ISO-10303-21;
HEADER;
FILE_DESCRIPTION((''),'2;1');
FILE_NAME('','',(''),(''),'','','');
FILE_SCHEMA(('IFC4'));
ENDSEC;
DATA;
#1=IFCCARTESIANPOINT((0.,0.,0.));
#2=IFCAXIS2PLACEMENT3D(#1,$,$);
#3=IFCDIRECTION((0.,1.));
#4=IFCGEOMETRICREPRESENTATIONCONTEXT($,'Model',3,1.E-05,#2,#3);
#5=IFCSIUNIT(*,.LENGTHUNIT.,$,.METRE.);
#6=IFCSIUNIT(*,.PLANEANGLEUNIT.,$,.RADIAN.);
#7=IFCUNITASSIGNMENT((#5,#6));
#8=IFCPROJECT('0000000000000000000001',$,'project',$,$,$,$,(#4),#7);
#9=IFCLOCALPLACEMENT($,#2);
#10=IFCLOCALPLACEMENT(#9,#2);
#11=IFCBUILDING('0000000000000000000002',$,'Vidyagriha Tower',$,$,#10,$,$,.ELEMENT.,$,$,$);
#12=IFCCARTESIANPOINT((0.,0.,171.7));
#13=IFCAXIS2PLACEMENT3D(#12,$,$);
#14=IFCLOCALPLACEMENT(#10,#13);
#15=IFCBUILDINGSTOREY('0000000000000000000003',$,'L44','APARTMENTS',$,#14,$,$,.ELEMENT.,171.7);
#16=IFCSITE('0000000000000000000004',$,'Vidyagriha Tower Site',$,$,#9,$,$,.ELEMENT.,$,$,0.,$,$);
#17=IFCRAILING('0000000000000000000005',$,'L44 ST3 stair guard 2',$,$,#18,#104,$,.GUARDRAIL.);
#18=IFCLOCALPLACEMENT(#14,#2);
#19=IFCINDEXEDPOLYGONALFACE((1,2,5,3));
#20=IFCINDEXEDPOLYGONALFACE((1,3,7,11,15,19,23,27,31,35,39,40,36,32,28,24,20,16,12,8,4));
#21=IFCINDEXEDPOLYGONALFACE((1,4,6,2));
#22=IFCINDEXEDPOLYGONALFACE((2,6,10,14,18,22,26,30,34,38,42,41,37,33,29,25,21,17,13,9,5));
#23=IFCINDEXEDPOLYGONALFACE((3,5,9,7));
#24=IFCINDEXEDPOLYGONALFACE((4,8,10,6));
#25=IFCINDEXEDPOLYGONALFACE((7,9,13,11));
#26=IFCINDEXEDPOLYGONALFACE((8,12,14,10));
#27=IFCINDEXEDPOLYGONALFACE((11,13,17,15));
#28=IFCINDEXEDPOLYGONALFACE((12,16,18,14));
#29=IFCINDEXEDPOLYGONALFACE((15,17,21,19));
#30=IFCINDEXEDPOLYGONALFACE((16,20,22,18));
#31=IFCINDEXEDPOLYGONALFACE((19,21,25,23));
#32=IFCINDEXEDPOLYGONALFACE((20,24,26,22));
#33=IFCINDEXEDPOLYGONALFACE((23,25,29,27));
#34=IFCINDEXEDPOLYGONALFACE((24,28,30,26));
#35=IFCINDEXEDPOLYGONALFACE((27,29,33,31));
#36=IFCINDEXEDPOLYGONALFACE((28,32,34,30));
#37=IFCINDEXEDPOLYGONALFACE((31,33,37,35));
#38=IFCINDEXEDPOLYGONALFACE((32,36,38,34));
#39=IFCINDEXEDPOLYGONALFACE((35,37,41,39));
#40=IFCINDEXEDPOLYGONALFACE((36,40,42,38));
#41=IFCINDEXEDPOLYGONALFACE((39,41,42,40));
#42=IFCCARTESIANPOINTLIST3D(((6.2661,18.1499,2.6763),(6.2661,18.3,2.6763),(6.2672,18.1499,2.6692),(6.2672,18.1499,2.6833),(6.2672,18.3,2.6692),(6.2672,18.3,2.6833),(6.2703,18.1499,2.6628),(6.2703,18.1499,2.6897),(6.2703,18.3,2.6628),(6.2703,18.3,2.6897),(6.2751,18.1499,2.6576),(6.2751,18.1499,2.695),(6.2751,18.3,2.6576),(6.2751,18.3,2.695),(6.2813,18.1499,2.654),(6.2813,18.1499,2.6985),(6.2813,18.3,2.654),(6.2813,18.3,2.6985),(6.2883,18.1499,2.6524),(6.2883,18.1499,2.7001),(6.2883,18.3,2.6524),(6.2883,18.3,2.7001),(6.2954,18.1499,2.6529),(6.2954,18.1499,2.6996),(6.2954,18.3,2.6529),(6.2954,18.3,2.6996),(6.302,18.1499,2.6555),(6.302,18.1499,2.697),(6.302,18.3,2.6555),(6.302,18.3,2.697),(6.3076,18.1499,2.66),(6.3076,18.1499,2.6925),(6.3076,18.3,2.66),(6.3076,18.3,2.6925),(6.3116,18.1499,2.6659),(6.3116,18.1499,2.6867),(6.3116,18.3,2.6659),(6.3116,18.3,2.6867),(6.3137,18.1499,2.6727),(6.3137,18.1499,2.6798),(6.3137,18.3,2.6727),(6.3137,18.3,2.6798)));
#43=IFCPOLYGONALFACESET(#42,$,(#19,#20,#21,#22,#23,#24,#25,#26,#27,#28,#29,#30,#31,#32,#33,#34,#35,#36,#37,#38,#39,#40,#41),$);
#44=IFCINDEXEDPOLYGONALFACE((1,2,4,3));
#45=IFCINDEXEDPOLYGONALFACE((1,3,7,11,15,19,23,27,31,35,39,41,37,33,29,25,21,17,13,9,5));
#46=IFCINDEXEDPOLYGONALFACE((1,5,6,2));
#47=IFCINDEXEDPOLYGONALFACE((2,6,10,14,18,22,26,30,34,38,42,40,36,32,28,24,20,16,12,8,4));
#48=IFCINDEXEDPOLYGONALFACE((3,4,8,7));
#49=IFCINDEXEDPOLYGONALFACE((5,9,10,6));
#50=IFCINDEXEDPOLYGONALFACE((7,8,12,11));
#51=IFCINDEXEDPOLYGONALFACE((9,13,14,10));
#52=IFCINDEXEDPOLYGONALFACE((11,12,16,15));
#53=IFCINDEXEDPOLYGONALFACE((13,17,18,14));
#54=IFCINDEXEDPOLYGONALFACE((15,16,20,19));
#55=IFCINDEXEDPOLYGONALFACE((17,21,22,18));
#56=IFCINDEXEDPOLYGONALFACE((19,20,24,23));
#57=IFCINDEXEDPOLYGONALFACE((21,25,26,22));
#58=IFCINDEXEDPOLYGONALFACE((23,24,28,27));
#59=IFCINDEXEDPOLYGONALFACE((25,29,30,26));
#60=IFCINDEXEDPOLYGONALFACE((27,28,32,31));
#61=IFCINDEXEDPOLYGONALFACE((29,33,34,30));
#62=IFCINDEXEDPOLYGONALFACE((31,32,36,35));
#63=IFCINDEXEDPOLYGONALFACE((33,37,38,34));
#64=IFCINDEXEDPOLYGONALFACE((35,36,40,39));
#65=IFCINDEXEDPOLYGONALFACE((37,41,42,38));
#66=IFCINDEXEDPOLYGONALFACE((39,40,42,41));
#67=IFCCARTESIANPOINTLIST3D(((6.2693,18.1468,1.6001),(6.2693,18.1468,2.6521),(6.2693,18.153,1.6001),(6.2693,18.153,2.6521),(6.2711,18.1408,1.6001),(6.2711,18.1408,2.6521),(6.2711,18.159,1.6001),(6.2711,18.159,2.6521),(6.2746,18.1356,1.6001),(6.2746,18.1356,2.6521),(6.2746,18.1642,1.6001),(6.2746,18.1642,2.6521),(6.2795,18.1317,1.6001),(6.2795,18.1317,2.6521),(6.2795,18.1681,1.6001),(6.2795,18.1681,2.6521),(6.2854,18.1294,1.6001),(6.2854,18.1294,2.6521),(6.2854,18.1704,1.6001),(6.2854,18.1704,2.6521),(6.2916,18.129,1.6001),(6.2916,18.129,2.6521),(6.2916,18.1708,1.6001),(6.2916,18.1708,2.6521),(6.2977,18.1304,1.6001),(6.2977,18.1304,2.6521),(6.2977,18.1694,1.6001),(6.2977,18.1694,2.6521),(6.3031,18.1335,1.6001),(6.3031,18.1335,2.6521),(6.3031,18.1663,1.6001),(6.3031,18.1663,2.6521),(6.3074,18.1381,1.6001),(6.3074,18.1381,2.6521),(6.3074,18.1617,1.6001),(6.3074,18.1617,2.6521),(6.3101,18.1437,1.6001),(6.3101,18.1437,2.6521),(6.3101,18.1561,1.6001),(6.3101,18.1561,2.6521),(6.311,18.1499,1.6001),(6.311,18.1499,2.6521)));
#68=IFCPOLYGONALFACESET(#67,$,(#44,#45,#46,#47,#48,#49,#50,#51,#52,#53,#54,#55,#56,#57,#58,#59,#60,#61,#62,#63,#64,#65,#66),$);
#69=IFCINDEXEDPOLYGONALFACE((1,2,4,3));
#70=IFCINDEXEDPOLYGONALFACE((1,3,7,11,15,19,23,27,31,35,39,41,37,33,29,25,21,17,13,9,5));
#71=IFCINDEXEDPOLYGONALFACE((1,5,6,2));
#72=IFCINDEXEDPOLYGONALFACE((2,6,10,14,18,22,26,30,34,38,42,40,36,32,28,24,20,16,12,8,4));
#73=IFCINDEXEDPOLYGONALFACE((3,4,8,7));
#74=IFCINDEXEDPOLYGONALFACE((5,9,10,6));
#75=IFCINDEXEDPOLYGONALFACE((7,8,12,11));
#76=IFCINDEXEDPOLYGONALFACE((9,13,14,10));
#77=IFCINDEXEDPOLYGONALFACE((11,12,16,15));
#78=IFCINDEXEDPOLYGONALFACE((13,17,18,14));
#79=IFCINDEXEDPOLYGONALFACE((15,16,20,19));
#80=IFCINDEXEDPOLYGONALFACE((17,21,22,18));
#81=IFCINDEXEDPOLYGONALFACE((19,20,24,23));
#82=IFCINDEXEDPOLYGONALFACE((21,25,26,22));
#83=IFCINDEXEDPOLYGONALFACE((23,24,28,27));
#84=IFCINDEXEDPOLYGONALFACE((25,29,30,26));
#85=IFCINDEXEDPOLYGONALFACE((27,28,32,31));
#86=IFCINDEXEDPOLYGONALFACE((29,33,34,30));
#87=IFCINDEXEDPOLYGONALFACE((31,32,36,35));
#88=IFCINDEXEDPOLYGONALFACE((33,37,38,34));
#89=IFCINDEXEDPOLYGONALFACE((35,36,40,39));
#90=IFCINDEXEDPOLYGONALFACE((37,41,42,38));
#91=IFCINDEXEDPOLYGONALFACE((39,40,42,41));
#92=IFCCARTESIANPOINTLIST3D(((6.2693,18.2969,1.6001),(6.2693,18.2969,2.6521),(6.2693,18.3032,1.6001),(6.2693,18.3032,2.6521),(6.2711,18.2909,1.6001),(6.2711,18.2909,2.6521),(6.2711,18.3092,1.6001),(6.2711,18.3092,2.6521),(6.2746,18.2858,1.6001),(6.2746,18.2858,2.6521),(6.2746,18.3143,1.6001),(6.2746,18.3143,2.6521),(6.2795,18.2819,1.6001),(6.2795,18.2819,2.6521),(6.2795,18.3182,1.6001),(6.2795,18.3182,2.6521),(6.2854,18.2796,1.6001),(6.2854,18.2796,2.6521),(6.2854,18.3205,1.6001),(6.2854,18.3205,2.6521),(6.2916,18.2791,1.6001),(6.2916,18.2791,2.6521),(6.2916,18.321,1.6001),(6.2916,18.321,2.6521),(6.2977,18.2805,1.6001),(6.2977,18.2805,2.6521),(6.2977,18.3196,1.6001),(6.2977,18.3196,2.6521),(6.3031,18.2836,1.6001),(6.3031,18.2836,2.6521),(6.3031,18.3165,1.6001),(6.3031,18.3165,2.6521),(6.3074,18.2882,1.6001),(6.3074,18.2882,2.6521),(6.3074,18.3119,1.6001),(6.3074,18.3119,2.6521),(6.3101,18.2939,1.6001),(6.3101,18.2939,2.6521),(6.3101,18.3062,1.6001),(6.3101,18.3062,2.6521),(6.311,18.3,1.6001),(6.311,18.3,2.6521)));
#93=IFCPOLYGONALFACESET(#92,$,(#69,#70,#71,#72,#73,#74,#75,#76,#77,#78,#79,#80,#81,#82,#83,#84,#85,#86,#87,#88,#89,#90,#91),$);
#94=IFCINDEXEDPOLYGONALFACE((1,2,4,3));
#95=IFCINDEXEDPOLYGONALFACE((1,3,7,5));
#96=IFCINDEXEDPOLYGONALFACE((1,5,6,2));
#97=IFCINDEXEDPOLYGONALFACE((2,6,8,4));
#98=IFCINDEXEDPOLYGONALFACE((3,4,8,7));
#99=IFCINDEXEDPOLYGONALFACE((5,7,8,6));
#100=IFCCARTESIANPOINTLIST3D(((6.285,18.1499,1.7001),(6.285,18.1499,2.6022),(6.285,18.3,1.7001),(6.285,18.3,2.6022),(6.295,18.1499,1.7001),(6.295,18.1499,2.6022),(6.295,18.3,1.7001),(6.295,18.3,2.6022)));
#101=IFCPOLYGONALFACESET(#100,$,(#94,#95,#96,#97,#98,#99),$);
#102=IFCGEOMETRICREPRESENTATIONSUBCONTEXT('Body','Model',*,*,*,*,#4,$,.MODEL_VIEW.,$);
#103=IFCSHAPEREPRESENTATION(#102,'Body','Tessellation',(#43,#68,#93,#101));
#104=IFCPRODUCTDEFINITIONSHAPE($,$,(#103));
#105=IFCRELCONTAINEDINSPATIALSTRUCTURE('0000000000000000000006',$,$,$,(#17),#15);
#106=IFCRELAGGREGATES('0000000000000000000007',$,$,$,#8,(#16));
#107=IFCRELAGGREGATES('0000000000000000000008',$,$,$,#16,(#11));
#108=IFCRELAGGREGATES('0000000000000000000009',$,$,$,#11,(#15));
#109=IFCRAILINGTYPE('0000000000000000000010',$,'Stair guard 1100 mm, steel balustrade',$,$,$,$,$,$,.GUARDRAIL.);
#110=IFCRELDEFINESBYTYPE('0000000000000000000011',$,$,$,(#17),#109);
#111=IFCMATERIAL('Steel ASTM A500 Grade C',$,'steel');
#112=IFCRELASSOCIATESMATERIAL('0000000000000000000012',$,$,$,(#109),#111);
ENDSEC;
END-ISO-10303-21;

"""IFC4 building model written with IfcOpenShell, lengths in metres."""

from ifc_helpers import new_model, si_unit, direction, frame, origin, origin_2d, place, context, subcontext, project, spatial, rectangle, circle, extrude, material, type_object, element, save


model = new_model("IFC4")

# Units and contexts
model_context = context("Model", 3, precision=1e-05, world=origin(), true_north=direction((0.0, 1.0)))
body_context = subcontext(model_context, "Body", "Model", "MODEL_VIEW")
ifc_project = project(units=[si_unit("LENGTHUNIT", "METRE"), si_unit("PLANEANGLEUNIT", "RADIAN")], contexts=[model_context])

# Site, building, storey
site_placement = place(None, origin())
site = spatial("IfcSite", under=ifc_project, at=site_placement, Name="Vidyagriha Tower Site", CompositionType="ELEMENT", RefElevation=0.0)
building_placement = place(site_placement, origin())
building = spatial("IfcBuilding", under=site, at=building_placement, Name="Vidyagriha Tower", CompositionType="ELEMENT")
storey_placement = place(building_placement, frame((0.0, 0.0, 171.7)))
storey = spatial("IfcBuildingStorey", under=building, at=storey_placement, Name="L44", Description="APARTMENTS", CompositionType="ELEMENT", Elevation=171.7)

# Railing
ifc_material_1 = material(Name="Steel ASTM A500 Grade C", Category="steel")
railing_type_1 = type_object("IfcRailingType", Name="Stair guard 1100 mm, steel balustrade", PredefinedType="GUARDRAIL", material=ifc_material_1)
railing_1_placement = place(storey_placement, frame((6.29, 18.1499, 1.6001)))
element("IfcRailing", 1, at=railing_1_placement, inside=storey, type_object=railing_type_1, Name="L44 ST3 stair guard 2", PredefinedType="GUARDRAIL", context=body_context, shape_type="SweptSolid", body=[
    extrude(circle(Radius=0.0239, at=origin_2d()), frame((0.0, 0.0, 1.0762), z_axis=(0.0, 1.0, 0.0), x_axis=(-1.0, 0.0, 0.0)), (0.0, 0.0, 1.0), 0.1501),
    extrude(circle(Radius=0.021, at=origin_2d()), origin(), (0.0, 0.0, 1.0), 1.052),
    extrude(circle(Radius=0.021, at=origin_2d()), frame((0.0, 0.1501, 0.0)), (0.0, 0.0, 1.0), 1.052),
    extrude(rectangle(XDim=0.01, YDim=0.9021, at=origin_2d()), frame((0.0, 0.0, 0.551), z_axis=(0.0, 1.0, 0.0), x_axis=(-1.0, 0.0, 0.0)), (0.0, 0.0, 1.0), 0.1501),
])

save(model, "model.ifc")
